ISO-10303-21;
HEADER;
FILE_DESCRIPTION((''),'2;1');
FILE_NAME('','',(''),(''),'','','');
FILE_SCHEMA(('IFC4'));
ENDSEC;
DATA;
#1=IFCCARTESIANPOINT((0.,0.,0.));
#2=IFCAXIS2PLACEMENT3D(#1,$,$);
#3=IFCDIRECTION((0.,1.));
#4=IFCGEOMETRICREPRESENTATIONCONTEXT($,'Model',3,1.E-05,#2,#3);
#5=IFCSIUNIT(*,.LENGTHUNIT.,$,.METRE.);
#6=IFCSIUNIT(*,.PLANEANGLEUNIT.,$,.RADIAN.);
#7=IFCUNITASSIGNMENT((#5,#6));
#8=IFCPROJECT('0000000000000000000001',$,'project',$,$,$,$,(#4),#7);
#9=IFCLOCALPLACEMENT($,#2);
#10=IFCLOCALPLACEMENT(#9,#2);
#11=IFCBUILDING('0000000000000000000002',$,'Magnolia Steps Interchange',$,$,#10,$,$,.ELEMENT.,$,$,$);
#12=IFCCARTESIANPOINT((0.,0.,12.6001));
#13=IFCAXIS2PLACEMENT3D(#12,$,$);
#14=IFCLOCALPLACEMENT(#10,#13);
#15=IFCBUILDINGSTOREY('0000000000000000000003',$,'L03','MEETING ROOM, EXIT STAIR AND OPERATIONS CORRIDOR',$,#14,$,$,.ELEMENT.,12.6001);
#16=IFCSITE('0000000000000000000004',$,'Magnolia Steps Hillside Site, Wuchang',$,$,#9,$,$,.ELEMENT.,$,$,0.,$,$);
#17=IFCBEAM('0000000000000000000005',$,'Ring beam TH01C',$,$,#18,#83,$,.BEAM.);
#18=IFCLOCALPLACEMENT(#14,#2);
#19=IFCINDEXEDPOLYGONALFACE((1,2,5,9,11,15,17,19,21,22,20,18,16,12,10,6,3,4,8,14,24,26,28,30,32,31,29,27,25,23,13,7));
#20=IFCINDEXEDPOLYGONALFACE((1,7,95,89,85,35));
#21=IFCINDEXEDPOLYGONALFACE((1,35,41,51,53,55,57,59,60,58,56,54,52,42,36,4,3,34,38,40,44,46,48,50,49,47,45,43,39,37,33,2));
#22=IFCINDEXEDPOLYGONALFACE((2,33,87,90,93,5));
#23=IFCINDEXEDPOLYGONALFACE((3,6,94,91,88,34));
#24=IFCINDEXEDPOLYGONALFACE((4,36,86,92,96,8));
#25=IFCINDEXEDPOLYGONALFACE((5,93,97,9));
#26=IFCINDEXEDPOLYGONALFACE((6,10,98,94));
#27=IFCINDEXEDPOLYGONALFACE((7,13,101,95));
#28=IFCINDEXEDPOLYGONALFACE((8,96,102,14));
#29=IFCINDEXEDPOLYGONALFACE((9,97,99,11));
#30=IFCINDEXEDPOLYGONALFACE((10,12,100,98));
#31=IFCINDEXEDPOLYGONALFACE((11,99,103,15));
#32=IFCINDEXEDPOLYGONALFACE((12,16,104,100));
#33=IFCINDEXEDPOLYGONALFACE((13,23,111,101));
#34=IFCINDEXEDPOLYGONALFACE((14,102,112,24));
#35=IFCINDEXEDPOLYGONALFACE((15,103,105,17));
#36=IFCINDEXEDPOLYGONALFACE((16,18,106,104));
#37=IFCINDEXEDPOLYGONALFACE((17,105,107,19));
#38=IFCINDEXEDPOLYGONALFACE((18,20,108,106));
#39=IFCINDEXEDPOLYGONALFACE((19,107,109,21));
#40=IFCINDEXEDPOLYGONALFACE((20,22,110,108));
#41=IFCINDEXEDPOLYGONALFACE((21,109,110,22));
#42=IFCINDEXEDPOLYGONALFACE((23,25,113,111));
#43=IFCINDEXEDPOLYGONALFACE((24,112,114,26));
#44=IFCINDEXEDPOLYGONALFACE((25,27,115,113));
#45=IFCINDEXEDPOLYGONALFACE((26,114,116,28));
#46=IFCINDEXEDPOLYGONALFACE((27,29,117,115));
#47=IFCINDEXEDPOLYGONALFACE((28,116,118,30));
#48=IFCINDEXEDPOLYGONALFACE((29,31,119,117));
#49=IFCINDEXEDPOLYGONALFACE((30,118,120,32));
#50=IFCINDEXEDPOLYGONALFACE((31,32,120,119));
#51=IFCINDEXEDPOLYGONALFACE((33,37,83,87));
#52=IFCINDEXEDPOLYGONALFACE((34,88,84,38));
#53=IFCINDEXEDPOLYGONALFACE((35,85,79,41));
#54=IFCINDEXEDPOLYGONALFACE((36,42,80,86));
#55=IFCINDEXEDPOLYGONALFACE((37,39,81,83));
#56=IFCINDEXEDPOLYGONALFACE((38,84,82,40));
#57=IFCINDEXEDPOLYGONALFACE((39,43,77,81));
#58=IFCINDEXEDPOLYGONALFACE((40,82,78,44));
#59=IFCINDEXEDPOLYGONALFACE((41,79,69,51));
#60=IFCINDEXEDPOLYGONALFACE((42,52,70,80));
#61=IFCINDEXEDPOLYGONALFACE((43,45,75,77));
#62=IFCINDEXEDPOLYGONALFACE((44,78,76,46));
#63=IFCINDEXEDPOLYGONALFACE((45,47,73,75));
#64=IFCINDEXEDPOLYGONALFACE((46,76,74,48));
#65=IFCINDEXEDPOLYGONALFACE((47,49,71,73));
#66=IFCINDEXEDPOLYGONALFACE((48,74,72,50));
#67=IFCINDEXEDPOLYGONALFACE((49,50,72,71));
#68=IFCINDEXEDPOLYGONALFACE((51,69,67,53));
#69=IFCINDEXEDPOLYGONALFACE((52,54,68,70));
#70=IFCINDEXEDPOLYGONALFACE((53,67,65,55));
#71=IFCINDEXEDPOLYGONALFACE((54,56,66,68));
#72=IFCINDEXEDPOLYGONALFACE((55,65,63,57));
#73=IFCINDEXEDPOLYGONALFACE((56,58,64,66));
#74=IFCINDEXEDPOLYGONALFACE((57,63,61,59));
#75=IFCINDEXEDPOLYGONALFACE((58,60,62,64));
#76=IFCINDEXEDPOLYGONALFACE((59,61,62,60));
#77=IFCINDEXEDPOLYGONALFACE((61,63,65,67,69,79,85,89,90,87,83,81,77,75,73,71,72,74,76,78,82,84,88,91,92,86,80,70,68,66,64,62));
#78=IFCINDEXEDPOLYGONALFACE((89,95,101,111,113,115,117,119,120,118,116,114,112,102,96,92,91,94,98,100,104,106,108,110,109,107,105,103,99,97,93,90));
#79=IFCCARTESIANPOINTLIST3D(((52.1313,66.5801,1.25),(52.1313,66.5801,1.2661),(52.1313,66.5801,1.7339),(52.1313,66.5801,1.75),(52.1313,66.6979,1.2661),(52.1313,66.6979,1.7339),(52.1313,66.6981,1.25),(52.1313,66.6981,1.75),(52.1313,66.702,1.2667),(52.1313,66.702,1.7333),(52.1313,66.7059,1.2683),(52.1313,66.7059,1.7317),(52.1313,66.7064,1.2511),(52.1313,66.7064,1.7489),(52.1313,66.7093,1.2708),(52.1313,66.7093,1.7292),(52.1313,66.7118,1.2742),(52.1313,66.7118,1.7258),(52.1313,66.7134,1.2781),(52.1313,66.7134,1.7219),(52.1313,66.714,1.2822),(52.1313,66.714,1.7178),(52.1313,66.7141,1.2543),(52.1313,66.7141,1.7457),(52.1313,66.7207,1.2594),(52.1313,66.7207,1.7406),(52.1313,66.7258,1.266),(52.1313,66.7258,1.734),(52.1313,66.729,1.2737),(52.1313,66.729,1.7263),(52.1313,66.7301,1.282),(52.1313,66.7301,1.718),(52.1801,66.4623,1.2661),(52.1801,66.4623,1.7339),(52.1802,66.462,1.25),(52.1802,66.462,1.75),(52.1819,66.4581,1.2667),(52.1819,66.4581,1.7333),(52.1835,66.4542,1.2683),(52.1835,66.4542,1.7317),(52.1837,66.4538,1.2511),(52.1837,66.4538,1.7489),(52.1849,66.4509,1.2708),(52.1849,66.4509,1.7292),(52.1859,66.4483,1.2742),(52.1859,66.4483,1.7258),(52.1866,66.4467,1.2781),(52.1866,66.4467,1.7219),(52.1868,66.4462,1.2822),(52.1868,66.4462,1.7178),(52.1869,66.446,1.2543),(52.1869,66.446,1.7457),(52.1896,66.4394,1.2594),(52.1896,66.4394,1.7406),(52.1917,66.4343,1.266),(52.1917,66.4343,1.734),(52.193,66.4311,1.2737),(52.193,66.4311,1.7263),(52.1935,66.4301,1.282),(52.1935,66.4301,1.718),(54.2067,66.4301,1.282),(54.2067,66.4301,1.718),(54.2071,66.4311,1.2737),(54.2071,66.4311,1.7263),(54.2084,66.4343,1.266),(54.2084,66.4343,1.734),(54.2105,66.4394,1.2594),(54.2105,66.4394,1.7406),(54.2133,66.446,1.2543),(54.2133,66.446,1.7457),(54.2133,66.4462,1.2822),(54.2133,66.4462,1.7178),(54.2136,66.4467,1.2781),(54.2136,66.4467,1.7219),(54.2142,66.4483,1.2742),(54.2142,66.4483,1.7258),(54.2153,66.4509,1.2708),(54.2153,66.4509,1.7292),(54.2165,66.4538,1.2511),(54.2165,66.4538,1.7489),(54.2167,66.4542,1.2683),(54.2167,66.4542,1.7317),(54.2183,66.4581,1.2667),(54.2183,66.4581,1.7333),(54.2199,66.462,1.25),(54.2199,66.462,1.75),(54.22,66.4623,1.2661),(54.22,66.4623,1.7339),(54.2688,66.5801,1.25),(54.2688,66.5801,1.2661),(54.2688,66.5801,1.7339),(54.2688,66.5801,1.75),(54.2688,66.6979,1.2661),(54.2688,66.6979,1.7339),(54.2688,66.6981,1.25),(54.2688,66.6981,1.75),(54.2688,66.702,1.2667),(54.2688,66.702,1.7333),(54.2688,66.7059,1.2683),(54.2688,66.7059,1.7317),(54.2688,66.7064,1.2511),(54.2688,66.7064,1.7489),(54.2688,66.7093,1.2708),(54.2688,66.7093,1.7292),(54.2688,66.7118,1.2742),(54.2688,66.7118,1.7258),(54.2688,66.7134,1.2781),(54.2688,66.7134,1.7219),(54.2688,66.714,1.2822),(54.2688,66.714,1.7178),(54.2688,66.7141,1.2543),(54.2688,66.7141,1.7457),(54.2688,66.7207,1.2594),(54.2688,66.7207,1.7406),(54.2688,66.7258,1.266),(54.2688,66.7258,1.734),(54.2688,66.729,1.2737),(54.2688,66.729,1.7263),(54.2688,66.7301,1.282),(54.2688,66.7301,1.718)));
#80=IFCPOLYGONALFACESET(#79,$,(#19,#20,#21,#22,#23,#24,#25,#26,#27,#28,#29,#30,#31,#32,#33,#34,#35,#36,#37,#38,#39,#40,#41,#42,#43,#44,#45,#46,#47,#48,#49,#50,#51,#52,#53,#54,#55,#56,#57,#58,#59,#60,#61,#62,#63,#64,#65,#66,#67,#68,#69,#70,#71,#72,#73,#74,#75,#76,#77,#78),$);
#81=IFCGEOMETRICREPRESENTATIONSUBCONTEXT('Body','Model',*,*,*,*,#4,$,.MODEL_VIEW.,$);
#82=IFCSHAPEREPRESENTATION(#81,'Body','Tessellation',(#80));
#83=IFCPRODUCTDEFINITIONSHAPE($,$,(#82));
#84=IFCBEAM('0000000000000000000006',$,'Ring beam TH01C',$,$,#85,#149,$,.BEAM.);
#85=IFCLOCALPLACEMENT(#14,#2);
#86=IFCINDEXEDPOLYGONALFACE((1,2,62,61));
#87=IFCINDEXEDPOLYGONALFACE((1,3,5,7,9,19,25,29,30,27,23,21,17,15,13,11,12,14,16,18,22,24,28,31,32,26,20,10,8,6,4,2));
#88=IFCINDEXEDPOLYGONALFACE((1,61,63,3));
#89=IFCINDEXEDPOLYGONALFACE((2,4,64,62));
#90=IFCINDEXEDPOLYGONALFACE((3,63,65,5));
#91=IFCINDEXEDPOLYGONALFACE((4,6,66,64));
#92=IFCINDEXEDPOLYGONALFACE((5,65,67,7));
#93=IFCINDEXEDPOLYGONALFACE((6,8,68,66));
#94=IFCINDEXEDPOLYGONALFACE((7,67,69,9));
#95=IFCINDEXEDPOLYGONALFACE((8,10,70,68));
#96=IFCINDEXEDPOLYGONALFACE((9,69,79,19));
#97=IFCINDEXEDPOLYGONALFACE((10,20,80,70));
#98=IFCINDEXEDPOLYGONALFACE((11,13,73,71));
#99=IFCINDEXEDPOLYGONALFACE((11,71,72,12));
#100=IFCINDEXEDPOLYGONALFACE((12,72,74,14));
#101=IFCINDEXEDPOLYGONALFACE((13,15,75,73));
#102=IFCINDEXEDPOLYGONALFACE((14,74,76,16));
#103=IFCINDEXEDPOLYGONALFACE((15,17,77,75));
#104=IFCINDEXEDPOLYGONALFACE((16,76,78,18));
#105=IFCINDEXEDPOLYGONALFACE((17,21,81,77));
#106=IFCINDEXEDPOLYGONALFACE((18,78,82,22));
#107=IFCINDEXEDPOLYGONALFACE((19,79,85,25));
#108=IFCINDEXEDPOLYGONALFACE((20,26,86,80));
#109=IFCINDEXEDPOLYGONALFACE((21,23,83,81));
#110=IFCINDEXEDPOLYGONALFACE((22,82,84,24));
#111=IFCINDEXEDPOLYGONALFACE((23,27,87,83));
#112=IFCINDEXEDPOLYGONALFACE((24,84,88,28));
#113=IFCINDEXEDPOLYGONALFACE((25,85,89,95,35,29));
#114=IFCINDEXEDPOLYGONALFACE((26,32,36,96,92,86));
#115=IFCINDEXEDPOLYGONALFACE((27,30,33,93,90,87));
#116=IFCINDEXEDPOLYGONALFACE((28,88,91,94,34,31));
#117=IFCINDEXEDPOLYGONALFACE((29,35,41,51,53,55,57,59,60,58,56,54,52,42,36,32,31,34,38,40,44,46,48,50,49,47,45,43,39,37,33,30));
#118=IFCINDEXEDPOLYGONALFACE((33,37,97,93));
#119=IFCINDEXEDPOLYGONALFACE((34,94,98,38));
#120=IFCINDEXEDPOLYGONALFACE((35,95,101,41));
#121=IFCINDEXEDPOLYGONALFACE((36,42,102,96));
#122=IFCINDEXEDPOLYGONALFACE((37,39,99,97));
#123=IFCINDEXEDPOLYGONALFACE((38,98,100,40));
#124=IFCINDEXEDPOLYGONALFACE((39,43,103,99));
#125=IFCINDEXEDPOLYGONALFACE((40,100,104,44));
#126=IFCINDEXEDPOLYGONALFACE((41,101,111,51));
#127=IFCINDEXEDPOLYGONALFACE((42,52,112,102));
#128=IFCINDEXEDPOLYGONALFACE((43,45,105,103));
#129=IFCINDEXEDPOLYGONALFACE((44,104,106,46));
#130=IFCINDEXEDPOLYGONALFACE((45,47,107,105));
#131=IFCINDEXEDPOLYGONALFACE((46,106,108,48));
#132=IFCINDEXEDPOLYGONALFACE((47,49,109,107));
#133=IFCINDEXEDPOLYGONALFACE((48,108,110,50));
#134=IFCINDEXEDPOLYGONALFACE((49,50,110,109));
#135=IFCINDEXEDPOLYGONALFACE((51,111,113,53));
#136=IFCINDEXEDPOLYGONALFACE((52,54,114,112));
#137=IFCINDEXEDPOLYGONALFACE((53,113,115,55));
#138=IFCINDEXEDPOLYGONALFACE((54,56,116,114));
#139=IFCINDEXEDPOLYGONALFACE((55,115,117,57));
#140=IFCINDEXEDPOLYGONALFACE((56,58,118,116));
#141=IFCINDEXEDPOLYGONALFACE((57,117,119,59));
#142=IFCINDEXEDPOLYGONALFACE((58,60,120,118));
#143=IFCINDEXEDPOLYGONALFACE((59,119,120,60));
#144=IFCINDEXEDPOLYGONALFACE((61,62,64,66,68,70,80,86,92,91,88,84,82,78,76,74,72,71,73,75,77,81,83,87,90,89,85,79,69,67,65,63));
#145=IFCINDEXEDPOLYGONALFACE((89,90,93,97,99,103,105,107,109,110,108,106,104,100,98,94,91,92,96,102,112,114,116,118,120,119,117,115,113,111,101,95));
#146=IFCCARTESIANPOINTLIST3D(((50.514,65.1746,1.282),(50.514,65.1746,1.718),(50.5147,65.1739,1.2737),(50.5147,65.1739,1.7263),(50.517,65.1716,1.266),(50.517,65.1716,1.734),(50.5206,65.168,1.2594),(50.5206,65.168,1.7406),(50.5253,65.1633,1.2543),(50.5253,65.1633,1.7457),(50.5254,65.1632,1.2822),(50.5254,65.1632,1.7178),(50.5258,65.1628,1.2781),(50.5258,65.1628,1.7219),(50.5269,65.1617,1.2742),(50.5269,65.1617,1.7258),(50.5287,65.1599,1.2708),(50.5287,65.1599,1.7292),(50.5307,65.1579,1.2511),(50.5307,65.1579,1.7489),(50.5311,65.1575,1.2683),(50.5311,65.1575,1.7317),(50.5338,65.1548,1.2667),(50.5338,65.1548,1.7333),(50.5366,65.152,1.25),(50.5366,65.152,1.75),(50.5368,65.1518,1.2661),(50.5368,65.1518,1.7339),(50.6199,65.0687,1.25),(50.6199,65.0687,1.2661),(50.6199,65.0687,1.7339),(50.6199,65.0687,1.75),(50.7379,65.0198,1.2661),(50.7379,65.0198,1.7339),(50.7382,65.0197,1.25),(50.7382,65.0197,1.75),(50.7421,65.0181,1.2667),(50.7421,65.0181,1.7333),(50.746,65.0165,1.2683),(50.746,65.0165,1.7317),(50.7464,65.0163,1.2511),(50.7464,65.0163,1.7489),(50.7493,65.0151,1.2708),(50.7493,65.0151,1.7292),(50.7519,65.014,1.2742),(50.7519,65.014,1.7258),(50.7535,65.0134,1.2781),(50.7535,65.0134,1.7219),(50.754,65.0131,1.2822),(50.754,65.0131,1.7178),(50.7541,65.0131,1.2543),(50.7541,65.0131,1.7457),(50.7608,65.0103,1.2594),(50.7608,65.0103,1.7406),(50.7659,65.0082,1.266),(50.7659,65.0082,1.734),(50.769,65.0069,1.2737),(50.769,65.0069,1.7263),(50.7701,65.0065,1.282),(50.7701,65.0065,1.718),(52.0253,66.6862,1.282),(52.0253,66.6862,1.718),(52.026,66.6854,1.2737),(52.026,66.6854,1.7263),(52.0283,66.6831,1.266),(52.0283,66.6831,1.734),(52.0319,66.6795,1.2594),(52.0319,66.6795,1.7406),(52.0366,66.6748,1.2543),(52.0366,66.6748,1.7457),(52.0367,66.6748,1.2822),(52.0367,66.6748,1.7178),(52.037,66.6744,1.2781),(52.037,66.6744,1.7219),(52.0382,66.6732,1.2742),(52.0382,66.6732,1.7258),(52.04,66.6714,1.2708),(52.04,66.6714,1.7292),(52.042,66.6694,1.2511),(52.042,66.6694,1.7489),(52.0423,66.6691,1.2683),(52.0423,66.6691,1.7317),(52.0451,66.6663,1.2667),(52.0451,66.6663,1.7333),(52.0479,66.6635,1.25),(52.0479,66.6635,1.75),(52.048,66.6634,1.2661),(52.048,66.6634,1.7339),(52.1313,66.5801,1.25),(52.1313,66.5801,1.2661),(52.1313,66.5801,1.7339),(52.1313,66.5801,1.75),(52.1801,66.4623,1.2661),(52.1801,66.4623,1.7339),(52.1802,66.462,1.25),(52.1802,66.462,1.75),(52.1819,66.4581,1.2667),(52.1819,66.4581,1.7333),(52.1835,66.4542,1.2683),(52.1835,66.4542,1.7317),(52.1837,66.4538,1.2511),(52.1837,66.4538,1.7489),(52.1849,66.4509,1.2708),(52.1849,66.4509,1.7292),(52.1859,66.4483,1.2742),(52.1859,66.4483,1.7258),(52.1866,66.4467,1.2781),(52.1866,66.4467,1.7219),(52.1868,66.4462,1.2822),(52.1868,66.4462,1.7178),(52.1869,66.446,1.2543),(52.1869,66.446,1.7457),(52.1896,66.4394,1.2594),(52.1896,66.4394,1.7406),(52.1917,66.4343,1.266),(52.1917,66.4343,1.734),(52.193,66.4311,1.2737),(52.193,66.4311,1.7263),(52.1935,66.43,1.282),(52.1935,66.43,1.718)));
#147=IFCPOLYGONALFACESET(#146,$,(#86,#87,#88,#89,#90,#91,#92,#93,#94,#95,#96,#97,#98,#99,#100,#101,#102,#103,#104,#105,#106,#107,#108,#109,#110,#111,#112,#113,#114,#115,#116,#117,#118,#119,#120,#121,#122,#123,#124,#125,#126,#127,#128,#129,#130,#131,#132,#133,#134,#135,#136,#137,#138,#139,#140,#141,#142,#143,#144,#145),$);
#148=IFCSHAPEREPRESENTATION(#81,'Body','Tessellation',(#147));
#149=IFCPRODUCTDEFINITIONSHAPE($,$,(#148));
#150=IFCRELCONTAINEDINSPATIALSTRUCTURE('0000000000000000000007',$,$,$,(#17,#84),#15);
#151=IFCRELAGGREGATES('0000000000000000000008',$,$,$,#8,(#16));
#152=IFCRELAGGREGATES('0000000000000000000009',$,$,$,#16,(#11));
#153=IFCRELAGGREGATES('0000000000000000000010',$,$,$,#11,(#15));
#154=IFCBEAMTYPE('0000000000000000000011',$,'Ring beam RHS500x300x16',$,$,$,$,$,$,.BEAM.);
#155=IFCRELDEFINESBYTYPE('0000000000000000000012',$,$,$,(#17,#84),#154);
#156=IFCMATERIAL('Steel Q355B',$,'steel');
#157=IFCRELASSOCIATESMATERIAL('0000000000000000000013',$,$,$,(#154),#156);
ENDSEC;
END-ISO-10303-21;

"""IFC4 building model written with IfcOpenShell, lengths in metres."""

from ifc_helpers import new_model, si_unit, direction, frame, origin, origin_2d, place, context, subcontext, project, spatial, hollow_rectangle, extrude, clip, halfspace, material, material_profile, profile_set, type_object, element, save


model = new_model("IFC4")

# Units and contexts
model_context = context("Model", 3, precision=1e-05, world=origin(), true_north=direction((0.0, 1.0)))
body_context = subcontext(model_context, "Body", "Model", "MODEL_VIEW")
ifc_project = project(units=[si_unit("LENGTHUNIT", "METRE"), si_unit("PLANEANGLEUNIT", "RADIAN")], contexts=[model_context])

# Site, building, storey
site_placement = place(None, origin())
site = spatial("IfcSite", under=ifc_project, at=site_placement, Name="Magnolia Steps Hillside Site, Wuchang", CompositionType="ELEMENT", RefElevation=0.0)
building_placement = place(site_placement, origin())
building = spatial("IfcBuilding", under=site, at=building_placement, Name="Magnolia Steps Interchange", CompositionType="ELEMENT")
storey_placement = place(building_placement, frame((0.0, 0.0, 12.6001)))
storey = spatial("IfcBuildingStorey", under=building, at=storey_placement, Name="L03", Description="MEETING ROOM, EXIT STAIR AND OPERATIONS CORRIDOR", CompositionType="ELEMENT", Elevation=12.6001)

# Beams
ifc_material_1 = material(Name="Steel Q355B", Category="steel")
ifc_material_profile_1 = material_profile(ifc_material_1, hollow_rectangle(XDim=0.3, YDim=0.5, WallThickness=0.0161, InnerFilletRadius=0.0161, OuterFilletRadius=0.032, at=origin_2d()), Name="RHS500x300x16")
ifc_profile_set_1 = profile_set([ifc_material_profile_1], Name="Steel Q355B")
beam_type_1 = type_object("IfcBeamType", Name="Ring beam RHS500x300x16", PredefinedType="BEAM", material=ifc_profile_set_1)
beam_1_placement = place(storey_placement, frame((54.2688, 66.5801, 1.5), z_axis=(-1.0, 0.0, 0.0), x_axis=(0.0, -1.0, 0.0)))
element("IfcBeam", 1, at=beam_1_placement, inside=storey, type_object=beam_type_1, Name="Ring beam TH01C", PredefinedType="BEAM", context=body_context, shape_type="Clipping", body=[
    clip(clip(extrude(hollow_rectangle(XDim=0.3, YDim=0.5, WallThickness=0.0161, InnerFilletRadius=0.0161, OuterFilletRadius=0.032, at=origin_2d()), origin(), (0.0, 0.0, 1.0), 2.1375), halfspace(frame((0.0, 0.0, 0.0), z_axis=(0.382683, 0.0, -0.92388), x_axis=(0.92388, 0.0, 0.382683)), False)), halfspace(frame((0.0, 0.0, 2.1375), z_axis=(0.382683, 0.0, 0.92388), x_axis=(0.92388, 0.0, -0.382683)), False)),
])
beam_2_placement = place(storey_placement, frame((52.1313, 66.5801, 1.5), z_axis=(-0.70705, -0.707164, 0.0), x_axis=(0.707164, -0.70705, 0.0)))
element("IfcBeam", 2, at=beam_2_placement, inside=storey, type_object=beam_type_1, Name="Ring beam TH01C", PredefinedType="BEAM", context=body_context, shape_type="Clipping", body=[
    clip(clip(extrude(hollow_rectangle(XDim=0.3, YDim=0.5, WallThickness=0.0161, InnerFilletRadius=0.0161, OuterFilletRadius=0.032, at=origin_2d()), origin(), (0.0, 0.0, 1.0), 2.1375), halfspace(frame((0.0, 0.0, 0.0), z_axis=(0.382758, 0.0, -0.923849), x_axis=(0.923849, 0.0, 0.382758)), False)), halfspace(frame((0.0, 0.0, 2.1374), z_axis=(0.382609, 0.0, 0.92391), x_axis=(0.92391, 0.0, -0.382609)), False)),
])

save(model, "model.ifc")
